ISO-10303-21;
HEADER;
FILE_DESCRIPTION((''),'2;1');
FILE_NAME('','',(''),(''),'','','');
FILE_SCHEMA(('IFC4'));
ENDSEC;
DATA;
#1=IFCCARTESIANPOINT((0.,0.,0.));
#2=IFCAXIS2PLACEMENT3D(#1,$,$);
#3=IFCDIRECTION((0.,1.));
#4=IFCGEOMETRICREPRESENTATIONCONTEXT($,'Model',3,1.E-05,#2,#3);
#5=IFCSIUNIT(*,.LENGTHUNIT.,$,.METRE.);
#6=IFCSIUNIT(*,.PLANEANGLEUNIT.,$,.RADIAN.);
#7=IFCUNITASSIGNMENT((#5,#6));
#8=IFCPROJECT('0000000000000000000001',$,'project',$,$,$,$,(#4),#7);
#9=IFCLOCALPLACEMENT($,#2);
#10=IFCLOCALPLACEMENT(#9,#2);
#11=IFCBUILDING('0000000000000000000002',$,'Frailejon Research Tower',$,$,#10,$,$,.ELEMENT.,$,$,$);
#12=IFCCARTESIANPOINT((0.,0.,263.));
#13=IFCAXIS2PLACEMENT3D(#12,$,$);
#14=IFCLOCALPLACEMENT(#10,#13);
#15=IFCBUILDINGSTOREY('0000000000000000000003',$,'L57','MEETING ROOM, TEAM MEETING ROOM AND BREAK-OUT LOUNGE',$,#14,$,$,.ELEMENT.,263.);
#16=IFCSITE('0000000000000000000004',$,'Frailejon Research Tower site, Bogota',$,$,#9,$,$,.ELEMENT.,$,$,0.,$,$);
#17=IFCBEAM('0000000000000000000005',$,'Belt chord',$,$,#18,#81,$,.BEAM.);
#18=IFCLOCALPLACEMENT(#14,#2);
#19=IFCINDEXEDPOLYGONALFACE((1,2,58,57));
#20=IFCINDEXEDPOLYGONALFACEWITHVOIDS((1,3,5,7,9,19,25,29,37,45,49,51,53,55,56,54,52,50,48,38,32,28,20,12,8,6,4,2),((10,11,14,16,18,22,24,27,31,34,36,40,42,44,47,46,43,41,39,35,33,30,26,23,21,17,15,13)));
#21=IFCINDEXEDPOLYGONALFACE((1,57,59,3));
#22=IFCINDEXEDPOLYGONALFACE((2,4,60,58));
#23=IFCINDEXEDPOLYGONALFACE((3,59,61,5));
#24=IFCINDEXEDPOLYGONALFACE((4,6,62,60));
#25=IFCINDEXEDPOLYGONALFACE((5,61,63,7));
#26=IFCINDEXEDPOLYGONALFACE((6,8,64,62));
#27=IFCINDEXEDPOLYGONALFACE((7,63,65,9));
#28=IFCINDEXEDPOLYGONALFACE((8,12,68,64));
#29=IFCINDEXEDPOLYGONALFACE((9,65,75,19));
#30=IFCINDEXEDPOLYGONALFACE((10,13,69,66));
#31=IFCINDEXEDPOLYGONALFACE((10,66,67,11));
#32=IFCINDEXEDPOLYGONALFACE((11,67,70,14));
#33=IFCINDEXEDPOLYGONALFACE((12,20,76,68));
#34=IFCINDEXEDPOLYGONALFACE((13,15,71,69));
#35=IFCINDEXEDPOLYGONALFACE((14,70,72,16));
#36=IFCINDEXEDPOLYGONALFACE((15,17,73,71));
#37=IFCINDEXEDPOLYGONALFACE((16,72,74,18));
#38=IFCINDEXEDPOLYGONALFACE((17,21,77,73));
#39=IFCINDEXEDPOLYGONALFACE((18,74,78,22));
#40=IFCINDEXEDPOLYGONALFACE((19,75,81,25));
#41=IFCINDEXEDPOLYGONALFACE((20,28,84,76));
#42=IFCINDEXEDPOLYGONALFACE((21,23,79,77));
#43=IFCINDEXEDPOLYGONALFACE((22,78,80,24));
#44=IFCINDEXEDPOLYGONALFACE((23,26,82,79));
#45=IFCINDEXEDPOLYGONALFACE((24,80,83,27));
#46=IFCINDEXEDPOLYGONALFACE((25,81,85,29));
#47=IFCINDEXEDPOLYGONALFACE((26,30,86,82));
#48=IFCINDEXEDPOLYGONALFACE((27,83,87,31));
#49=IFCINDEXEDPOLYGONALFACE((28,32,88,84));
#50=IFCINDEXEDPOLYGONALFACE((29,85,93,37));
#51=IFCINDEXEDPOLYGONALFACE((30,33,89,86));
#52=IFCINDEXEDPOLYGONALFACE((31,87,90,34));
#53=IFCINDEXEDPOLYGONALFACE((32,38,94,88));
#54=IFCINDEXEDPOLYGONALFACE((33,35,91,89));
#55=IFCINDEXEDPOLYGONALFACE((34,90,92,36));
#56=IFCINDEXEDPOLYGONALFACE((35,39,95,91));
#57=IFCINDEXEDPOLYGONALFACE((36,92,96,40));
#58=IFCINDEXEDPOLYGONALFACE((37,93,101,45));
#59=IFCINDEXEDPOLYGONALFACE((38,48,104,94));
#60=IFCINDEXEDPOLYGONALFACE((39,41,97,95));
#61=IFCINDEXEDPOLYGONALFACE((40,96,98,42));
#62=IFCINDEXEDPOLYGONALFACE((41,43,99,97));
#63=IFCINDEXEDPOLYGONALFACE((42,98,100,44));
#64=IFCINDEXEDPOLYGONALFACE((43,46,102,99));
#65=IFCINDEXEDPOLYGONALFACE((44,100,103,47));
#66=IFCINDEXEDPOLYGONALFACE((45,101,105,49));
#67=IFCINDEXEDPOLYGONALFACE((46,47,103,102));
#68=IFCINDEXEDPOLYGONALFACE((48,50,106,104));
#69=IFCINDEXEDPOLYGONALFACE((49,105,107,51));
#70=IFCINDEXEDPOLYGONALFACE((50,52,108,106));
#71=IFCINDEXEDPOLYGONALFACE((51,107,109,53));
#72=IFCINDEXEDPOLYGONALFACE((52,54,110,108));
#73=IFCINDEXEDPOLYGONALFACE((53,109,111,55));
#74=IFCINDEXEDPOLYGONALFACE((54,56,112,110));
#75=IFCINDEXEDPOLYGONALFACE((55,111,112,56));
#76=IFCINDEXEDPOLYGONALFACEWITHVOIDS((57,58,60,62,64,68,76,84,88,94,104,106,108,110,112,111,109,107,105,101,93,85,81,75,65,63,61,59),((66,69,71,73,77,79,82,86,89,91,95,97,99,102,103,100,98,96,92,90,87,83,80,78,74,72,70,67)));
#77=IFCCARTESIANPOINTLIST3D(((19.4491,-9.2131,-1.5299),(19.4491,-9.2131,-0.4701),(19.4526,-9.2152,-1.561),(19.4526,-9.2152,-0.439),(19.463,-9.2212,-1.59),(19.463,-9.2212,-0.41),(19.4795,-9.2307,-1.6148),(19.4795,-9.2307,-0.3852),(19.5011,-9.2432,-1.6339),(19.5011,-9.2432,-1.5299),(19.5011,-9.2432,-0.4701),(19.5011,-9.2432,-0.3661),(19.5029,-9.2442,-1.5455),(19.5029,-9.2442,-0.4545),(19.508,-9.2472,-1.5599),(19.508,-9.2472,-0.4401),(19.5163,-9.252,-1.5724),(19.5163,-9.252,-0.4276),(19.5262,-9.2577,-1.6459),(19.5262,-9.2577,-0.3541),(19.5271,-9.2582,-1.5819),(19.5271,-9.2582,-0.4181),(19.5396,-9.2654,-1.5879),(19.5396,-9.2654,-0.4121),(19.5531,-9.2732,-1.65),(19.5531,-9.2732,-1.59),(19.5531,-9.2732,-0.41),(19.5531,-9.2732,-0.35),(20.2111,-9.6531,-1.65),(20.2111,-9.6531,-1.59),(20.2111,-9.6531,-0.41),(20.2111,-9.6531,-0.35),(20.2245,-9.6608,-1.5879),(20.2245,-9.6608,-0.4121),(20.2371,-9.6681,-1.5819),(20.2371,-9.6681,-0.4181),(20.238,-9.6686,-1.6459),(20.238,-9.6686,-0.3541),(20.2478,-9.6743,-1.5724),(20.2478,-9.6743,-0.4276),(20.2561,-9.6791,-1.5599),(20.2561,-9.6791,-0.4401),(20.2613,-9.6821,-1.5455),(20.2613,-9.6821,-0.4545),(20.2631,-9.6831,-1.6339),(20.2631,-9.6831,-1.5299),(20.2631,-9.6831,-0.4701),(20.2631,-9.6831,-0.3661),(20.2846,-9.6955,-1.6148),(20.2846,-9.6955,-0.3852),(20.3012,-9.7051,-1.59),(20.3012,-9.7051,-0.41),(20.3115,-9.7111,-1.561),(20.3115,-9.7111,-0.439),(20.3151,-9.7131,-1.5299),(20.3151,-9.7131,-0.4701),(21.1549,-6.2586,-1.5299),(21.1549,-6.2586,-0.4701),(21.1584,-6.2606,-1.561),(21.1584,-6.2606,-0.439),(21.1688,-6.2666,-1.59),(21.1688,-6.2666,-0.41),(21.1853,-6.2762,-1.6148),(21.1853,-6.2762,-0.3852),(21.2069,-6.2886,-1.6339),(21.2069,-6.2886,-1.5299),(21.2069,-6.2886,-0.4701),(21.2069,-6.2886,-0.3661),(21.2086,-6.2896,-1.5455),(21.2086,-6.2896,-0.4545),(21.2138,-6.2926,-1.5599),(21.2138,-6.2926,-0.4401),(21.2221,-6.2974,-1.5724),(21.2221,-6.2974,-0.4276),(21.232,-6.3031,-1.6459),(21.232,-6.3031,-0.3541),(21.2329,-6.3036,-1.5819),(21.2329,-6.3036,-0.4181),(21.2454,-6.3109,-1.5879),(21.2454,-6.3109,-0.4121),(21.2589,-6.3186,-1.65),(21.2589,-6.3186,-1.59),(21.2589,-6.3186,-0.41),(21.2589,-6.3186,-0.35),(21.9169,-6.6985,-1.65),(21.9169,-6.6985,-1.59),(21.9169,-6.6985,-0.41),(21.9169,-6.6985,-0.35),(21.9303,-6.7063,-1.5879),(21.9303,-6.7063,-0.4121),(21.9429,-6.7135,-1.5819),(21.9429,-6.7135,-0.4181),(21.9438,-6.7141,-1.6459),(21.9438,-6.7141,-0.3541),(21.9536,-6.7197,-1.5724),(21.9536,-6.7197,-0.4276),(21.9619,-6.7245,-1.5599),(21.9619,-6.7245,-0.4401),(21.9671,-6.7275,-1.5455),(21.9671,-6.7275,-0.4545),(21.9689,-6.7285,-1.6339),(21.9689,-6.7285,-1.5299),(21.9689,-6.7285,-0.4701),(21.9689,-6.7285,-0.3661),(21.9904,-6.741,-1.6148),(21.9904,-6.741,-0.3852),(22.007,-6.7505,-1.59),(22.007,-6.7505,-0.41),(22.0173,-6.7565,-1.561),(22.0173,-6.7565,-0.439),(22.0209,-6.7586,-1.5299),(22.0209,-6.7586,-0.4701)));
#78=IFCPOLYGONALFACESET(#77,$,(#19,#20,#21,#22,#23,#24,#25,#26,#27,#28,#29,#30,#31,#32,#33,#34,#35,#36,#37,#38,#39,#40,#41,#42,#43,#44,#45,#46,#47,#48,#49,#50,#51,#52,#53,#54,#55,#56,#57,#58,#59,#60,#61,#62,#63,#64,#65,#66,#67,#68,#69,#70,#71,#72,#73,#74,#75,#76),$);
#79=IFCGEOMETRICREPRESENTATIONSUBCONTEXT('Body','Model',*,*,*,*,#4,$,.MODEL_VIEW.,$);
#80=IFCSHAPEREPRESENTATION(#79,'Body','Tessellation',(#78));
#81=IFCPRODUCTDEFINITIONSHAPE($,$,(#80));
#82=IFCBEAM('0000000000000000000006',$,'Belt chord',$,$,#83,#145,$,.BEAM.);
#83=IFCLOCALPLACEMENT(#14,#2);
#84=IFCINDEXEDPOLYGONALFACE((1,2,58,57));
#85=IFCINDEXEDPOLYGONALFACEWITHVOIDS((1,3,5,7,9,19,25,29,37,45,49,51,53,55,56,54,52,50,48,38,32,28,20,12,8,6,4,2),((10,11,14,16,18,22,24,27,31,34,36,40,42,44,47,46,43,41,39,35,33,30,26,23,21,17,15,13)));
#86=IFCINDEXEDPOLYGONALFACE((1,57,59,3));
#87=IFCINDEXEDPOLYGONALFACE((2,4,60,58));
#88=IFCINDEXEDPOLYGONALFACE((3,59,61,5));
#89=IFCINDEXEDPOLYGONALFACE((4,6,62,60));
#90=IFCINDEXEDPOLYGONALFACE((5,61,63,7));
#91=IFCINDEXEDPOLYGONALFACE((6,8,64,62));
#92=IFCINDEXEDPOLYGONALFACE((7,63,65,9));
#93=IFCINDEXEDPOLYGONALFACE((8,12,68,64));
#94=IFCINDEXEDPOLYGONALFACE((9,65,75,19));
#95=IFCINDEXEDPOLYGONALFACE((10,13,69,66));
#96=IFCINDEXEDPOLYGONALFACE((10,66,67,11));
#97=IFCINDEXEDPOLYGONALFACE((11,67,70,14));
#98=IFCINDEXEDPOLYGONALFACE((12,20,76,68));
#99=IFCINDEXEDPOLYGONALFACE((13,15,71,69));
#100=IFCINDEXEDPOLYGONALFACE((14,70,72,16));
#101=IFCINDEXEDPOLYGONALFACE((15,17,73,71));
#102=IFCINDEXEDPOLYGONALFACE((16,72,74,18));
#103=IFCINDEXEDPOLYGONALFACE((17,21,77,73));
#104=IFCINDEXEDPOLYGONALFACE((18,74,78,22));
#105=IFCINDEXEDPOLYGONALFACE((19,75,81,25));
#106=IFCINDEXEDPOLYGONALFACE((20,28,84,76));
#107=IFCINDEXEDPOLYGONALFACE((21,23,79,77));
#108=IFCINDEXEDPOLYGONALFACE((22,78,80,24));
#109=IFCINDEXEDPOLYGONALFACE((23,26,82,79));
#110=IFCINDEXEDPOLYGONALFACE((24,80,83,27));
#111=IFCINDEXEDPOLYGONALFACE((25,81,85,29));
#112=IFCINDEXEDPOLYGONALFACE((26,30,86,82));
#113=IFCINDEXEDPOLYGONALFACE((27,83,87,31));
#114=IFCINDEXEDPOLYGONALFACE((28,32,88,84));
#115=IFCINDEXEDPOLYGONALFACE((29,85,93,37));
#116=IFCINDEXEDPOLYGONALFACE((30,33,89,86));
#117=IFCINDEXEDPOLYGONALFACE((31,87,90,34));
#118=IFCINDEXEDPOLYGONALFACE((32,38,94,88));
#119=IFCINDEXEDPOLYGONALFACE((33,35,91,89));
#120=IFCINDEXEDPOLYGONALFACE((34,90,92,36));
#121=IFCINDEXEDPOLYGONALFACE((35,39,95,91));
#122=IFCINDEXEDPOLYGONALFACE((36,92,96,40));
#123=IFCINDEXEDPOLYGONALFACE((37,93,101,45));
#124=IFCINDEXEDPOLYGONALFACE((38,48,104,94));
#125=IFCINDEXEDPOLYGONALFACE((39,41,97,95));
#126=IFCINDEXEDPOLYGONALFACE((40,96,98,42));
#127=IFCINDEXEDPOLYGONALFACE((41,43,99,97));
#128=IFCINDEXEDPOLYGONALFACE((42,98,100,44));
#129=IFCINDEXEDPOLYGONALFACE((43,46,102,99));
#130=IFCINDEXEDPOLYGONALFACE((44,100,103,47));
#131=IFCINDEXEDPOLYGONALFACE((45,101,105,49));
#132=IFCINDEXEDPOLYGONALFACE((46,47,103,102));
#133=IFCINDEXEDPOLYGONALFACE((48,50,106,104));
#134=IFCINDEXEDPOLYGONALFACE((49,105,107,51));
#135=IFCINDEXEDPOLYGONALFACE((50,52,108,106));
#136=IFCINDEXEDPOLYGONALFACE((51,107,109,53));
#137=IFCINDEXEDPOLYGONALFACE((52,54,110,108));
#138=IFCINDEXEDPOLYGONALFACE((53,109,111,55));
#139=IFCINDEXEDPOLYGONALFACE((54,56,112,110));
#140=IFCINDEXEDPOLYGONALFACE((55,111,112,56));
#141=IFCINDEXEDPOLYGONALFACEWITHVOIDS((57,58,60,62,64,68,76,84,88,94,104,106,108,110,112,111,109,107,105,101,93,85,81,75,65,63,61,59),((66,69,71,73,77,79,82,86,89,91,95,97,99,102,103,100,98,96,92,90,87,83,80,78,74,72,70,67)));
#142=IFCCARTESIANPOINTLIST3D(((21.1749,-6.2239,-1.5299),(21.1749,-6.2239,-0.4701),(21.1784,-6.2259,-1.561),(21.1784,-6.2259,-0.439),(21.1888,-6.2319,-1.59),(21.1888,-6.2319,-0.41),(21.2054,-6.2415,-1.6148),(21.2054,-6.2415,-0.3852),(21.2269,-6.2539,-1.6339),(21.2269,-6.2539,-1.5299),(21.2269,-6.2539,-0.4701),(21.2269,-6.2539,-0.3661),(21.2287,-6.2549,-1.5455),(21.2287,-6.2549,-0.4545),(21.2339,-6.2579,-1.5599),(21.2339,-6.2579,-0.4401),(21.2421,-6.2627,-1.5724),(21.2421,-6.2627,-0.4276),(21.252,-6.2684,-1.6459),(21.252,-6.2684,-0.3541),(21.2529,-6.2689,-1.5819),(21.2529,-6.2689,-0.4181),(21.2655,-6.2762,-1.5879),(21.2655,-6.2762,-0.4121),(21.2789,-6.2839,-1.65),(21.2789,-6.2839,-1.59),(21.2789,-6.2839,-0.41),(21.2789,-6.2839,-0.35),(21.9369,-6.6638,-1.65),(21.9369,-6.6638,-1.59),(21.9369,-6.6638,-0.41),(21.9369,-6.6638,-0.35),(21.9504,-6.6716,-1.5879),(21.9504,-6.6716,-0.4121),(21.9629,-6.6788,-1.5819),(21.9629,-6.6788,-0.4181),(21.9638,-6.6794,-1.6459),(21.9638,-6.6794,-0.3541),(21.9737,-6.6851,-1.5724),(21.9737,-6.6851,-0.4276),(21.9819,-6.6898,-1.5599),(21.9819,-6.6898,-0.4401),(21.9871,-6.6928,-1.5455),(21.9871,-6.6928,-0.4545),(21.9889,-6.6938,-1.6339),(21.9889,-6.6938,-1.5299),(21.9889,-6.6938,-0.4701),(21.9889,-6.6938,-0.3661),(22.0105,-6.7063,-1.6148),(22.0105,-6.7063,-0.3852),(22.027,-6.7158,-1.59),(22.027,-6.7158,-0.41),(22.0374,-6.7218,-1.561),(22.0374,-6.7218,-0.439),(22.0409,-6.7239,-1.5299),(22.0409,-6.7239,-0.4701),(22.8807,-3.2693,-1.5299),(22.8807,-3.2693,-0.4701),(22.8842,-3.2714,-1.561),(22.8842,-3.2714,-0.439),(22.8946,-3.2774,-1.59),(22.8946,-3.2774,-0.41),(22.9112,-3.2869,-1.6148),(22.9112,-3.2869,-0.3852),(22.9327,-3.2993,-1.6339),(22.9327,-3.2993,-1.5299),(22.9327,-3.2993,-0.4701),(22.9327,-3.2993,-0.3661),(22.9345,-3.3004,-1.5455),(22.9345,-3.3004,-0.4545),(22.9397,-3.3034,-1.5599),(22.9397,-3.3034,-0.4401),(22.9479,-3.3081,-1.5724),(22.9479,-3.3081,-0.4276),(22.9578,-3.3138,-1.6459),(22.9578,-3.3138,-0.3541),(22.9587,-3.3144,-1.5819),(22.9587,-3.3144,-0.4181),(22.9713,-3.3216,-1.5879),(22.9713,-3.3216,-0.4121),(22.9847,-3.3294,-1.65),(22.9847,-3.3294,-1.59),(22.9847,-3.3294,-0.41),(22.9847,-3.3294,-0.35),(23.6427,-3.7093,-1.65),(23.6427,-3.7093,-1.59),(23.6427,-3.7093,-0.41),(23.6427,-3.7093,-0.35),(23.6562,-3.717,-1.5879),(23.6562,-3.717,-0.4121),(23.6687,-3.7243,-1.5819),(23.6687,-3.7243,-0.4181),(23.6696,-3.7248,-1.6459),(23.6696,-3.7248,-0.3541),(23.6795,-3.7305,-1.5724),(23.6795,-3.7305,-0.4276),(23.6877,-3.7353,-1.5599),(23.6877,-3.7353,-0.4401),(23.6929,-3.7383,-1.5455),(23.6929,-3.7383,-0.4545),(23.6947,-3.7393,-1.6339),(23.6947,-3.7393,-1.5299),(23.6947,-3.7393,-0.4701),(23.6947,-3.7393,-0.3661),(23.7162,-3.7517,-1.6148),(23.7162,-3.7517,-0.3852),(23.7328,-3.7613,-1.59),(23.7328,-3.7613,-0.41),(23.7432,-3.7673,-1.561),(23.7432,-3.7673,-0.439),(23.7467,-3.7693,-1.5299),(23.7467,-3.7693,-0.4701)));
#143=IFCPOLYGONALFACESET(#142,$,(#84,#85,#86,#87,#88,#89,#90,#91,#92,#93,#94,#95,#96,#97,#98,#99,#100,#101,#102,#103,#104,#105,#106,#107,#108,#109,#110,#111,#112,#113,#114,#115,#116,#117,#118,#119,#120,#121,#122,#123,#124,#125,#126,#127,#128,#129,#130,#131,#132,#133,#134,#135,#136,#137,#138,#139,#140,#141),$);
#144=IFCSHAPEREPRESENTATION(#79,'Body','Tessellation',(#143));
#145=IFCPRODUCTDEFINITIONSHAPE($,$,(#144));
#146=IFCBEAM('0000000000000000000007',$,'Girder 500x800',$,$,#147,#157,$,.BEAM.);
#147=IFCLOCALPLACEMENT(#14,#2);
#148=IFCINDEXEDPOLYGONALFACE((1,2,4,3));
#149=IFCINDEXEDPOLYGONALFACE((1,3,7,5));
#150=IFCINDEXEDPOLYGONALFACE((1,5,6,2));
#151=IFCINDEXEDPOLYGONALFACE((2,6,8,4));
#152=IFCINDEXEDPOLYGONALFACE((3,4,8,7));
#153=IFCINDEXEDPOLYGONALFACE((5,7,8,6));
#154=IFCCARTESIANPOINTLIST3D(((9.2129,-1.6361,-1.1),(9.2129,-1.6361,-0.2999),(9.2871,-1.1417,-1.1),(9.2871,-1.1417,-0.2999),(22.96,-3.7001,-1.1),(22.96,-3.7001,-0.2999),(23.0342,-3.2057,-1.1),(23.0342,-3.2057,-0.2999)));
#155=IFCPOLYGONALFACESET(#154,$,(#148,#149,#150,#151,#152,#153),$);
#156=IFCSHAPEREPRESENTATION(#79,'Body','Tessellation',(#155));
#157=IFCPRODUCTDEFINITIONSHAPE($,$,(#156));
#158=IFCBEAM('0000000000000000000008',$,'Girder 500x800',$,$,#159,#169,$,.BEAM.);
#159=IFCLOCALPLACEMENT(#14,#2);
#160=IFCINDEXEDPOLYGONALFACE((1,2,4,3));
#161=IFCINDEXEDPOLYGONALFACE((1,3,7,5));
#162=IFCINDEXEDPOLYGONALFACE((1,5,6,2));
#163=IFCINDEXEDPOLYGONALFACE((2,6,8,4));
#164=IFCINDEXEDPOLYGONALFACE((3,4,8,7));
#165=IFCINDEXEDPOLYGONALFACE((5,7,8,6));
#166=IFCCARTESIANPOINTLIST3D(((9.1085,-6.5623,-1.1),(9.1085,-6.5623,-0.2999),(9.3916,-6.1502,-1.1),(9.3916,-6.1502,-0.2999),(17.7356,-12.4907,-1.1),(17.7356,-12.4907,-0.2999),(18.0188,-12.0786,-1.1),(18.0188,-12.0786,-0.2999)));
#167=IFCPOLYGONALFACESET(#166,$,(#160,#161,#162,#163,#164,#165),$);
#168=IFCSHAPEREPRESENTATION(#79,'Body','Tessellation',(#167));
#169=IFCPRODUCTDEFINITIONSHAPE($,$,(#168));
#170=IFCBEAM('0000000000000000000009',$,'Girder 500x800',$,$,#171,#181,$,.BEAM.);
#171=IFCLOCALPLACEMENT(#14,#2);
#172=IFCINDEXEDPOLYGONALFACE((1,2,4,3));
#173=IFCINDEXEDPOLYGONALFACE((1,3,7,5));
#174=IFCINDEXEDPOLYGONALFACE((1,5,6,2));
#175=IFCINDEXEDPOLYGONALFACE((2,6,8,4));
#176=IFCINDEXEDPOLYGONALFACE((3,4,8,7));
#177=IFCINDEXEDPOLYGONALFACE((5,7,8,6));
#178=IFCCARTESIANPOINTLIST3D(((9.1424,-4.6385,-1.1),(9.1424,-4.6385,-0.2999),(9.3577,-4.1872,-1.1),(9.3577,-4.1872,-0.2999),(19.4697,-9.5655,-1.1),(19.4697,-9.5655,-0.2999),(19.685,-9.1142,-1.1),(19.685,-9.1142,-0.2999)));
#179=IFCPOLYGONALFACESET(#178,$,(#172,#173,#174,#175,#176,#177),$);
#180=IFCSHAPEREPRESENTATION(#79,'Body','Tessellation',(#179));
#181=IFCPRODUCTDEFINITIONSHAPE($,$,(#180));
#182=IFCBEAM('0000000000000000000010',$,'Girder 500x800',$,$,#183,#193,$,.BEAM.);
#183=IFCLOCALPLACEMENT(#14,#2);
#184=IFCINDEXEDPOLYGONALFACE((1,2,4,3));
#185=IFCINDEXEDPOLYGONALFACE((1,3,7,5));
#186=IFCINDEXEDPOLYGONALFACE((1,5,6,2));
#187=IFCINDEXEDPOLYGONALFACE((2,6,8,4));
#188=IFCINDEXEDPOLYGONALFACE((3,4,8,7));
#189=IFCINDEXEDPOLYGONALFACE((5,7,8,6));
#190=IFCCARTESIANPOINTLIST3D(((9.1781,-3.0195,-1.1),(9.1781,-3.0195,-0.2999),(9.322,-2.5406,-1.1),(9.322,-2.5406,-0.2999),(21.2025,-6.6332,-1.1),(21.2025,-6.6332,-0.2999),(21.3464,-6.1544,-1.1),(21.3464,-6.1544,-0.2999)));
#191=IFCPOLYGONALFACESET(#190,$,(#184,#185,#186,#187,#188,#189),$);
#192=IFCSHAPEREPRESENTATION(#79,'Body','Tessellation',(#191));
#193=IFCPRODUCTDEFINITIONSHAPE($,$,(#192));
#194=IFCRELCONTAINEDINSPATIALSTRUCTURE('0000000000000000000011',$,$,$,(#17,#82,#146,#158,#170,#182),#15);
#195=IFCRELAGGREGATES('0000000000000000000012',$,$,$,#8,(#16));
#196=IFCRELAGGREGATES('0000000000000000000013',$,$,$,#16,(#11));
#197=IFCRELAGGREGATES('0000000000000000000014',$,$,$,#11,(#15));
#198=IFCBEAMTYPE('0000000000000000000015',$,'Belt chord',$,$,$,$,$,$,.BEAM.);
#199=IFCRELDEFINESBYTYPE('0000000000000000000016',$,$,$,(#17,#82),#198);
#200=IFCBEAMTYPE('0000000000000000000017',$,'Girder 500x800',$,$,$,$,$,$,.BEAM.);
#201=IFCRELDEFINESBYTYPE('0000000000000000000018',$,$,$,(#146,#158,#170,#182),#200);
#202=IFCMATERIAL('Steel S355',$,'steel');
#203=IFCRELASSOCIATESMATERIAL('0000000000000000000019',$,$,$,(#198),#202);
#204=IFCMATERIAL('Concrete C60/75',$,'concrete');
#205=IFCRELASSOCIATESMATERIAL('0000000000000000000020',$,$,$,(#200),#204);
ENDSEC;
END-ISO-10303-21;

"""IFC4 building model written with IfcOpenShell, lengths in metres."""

from ifc_helpers import new_model, si_unit, direction, frame, origin, origin_2d, place, context, subcontext, project, spatial, rectangle, hollow_rectangle, extrude, material, material_profile, profile_set, type_object, element, save


model = new_model("IFC4")

# Units and contexts
model_context = context("Model", 3, precision=1e-05, world=origin(), true_north=direction((0.0, 1.0)))
body_context = subcontext(model_context, "Body", "Model", "MODEL_VIEW")
ifc_project = project(units=[si_unit("LENGTHUNIT", "METRE"), si_unit("PLANEANGLEUNIT", "RADIAN")], contexts=[model_context])

# Site, building, storey
site_placement = place(None, origin())
site = spatial("IfcSite", under=ifc_project, at=site_placement, Name="Frailejon Research Tower site, Bogota", CompositionType="ELEMENT", RefElevation=0.0)
building_placement = place(site_placement, origin())
building = spatial("IfcBuilding", under=site, at=building_placement, Name="Frailejon Research Tower", CompositionType="ELEMENT")
storey_placement = place(building_placement, frame((0.0, 0.0, 263.0)))
storey = spatial("IfcBuildingStorey", under=building, at=storey_placement, Name="L57", Description="MEETING ROOM, TEAM MEETING ROOM AND BREAK-OUT LOUNGE", CompositionType="ELEMENT", Elevation=263.0)

# Beams
ifc_material_1 = material(Name="Steel S355", Category="steel")
ifc_material_profile_1 = material_profile(ifc_material_1, hollow_rectangle(XDim=1.0, YDim=1.3, WallThickness=0.0601, InnerFilletRadius=0.0601, OuterFilletRadius=0.1201, at=origin_2d()), Name="Belt chord")
ifc_profile_set_1 = profile_set([ifc_material_profile_1], Name="Steel S355")
beam_type_1 = type_object("IfcBeamType", Name="Belt chord", PredefinedType="BEAM", material=ifc_profile_set_1)
for number, where, z_axis, x_axis, name in (
    (1, (19.8821, -9.4631, -1.0), (0.499995, 0.866028, 0.0), (-0.866028, 0.499995, 0.0), "Belt chord"),
    (2, (21.6079, -6.4739, -1.0), (0.499995, 0.866028, 0.0), (-0.866028, 0.499995, 0.0), "Belt chord"),
):
    element("IfcBeam", number, at=place(storey_placement, frame(where, z_axis=z_axis, x_axis=x_axis)), inside=storey, type_object=beam_type_1, Name=name, PredefinedType="BEAM", context=body_context, shape_type="SweptSolid", body=[
        extrude(hollow_rectangle(XDim=1.0, YDim=1.3, WallThickness=0.0601, InnerFilletRadius=0.0601, OuterFilletRadius=0.1201, at=origin_2d()), origin(), (0.0, 0.0, 1.0), 3.4116),
    ])
ifc_material_2 = material(Name="Concrete C60/75", Category="concrete")
ifc_material_profile_2 = material_profile(ifc_material_2, rectangle(XDim=0.5, YDim=0.8, at=origin_2d()), Name="Girder 500x800")
ifc_profile_set_2 = profile_set([ifc_material_profile_2], Name="Concrete C60/75")
beam_type_2 = type_object("IfcBeamType", Name="Girder 500x800", PredefinedType="BEAM", material=ifc_profile_set_2)
beam_1_placement = place(storey_placement, frame((22.9971, -3.4529, -0.7), z_axis=(-0.988916, 0.148474, 0.0), x_axis=(-0.148474, -0.988916, 0.0)))
element("IfcBeam", 3, at=beam_1_placement, inside=storey, type_object=beam_type_2, Name="Girder 500x800", PredefinedType="BEAM", context=body_context, shape_type="SweptSolid", body=[
    extrude(rectangle(XDim=0.5, YDim=0.8, at=origin_2d()), origin(), (0.0, 0.0, 1.0), 13.9011),
])
beam_2_placement = place(storey_placement, frame((17.8772, -12.2847, -0.7), z_axis=(-0.824164, 0.566352, 0.0), x_axis=(-0.566352, -0.824164, 0.0)))
element("IfcBeam", 4, at=beam_2_placement, inside=storey, type_object=beam_type_2, Name="Girder 500x800", PredefinedType="BEAM", context=body_context, shape_type="SweptSolid", body=[
    extrude(rectangle(XDim=0.5, YDim=0.8, at=origin_2d()), origin(), (0.0, 0.0, 1.0), 10.4678),
])
beam_3_placement = place(storey_placement, frame((19.5774, -9.3398, -0.7), z_axis=(-0.902548, 0.430589, 0.0), x_axis=(-0.430589, -0.902548, 0.0)))
element("IfcBeam", 5, at=beam_3_placement, inside=storey, type_object=beam_type_2, Name="Girder 500x800", PredefinedType="BEAM", context=body_context, shape_type="SweptSolid", body=[
    extrude(rectangle(XDim=0.5, YDim=0.8, at=origin_2d()), origin(), (0.0, 0.0, 1.0), 11.4424),
])
beam_4_placement = place(storey_placement, frame((21.2744, -6.3938, -0.7), z_axis=(-0.957685, 0.287819, 0.0), x_axis=(-0.287819, -0.957685, 0.0)))
element("IfcBeam", 6, at=beam_4_placement, inside=storey, type_object=beam_type_2, Name="Girder 500x800", PredefinedType="BEAM", context=body_context, shape_type="SweptSolid", body=[
    extrude(rectangle(XDim=0.5, YDim=0.8, at=origin_2d()), origin(), (0.0, 0.0, 1.0), 12.5557),
])

save(model, "model.ifc")
